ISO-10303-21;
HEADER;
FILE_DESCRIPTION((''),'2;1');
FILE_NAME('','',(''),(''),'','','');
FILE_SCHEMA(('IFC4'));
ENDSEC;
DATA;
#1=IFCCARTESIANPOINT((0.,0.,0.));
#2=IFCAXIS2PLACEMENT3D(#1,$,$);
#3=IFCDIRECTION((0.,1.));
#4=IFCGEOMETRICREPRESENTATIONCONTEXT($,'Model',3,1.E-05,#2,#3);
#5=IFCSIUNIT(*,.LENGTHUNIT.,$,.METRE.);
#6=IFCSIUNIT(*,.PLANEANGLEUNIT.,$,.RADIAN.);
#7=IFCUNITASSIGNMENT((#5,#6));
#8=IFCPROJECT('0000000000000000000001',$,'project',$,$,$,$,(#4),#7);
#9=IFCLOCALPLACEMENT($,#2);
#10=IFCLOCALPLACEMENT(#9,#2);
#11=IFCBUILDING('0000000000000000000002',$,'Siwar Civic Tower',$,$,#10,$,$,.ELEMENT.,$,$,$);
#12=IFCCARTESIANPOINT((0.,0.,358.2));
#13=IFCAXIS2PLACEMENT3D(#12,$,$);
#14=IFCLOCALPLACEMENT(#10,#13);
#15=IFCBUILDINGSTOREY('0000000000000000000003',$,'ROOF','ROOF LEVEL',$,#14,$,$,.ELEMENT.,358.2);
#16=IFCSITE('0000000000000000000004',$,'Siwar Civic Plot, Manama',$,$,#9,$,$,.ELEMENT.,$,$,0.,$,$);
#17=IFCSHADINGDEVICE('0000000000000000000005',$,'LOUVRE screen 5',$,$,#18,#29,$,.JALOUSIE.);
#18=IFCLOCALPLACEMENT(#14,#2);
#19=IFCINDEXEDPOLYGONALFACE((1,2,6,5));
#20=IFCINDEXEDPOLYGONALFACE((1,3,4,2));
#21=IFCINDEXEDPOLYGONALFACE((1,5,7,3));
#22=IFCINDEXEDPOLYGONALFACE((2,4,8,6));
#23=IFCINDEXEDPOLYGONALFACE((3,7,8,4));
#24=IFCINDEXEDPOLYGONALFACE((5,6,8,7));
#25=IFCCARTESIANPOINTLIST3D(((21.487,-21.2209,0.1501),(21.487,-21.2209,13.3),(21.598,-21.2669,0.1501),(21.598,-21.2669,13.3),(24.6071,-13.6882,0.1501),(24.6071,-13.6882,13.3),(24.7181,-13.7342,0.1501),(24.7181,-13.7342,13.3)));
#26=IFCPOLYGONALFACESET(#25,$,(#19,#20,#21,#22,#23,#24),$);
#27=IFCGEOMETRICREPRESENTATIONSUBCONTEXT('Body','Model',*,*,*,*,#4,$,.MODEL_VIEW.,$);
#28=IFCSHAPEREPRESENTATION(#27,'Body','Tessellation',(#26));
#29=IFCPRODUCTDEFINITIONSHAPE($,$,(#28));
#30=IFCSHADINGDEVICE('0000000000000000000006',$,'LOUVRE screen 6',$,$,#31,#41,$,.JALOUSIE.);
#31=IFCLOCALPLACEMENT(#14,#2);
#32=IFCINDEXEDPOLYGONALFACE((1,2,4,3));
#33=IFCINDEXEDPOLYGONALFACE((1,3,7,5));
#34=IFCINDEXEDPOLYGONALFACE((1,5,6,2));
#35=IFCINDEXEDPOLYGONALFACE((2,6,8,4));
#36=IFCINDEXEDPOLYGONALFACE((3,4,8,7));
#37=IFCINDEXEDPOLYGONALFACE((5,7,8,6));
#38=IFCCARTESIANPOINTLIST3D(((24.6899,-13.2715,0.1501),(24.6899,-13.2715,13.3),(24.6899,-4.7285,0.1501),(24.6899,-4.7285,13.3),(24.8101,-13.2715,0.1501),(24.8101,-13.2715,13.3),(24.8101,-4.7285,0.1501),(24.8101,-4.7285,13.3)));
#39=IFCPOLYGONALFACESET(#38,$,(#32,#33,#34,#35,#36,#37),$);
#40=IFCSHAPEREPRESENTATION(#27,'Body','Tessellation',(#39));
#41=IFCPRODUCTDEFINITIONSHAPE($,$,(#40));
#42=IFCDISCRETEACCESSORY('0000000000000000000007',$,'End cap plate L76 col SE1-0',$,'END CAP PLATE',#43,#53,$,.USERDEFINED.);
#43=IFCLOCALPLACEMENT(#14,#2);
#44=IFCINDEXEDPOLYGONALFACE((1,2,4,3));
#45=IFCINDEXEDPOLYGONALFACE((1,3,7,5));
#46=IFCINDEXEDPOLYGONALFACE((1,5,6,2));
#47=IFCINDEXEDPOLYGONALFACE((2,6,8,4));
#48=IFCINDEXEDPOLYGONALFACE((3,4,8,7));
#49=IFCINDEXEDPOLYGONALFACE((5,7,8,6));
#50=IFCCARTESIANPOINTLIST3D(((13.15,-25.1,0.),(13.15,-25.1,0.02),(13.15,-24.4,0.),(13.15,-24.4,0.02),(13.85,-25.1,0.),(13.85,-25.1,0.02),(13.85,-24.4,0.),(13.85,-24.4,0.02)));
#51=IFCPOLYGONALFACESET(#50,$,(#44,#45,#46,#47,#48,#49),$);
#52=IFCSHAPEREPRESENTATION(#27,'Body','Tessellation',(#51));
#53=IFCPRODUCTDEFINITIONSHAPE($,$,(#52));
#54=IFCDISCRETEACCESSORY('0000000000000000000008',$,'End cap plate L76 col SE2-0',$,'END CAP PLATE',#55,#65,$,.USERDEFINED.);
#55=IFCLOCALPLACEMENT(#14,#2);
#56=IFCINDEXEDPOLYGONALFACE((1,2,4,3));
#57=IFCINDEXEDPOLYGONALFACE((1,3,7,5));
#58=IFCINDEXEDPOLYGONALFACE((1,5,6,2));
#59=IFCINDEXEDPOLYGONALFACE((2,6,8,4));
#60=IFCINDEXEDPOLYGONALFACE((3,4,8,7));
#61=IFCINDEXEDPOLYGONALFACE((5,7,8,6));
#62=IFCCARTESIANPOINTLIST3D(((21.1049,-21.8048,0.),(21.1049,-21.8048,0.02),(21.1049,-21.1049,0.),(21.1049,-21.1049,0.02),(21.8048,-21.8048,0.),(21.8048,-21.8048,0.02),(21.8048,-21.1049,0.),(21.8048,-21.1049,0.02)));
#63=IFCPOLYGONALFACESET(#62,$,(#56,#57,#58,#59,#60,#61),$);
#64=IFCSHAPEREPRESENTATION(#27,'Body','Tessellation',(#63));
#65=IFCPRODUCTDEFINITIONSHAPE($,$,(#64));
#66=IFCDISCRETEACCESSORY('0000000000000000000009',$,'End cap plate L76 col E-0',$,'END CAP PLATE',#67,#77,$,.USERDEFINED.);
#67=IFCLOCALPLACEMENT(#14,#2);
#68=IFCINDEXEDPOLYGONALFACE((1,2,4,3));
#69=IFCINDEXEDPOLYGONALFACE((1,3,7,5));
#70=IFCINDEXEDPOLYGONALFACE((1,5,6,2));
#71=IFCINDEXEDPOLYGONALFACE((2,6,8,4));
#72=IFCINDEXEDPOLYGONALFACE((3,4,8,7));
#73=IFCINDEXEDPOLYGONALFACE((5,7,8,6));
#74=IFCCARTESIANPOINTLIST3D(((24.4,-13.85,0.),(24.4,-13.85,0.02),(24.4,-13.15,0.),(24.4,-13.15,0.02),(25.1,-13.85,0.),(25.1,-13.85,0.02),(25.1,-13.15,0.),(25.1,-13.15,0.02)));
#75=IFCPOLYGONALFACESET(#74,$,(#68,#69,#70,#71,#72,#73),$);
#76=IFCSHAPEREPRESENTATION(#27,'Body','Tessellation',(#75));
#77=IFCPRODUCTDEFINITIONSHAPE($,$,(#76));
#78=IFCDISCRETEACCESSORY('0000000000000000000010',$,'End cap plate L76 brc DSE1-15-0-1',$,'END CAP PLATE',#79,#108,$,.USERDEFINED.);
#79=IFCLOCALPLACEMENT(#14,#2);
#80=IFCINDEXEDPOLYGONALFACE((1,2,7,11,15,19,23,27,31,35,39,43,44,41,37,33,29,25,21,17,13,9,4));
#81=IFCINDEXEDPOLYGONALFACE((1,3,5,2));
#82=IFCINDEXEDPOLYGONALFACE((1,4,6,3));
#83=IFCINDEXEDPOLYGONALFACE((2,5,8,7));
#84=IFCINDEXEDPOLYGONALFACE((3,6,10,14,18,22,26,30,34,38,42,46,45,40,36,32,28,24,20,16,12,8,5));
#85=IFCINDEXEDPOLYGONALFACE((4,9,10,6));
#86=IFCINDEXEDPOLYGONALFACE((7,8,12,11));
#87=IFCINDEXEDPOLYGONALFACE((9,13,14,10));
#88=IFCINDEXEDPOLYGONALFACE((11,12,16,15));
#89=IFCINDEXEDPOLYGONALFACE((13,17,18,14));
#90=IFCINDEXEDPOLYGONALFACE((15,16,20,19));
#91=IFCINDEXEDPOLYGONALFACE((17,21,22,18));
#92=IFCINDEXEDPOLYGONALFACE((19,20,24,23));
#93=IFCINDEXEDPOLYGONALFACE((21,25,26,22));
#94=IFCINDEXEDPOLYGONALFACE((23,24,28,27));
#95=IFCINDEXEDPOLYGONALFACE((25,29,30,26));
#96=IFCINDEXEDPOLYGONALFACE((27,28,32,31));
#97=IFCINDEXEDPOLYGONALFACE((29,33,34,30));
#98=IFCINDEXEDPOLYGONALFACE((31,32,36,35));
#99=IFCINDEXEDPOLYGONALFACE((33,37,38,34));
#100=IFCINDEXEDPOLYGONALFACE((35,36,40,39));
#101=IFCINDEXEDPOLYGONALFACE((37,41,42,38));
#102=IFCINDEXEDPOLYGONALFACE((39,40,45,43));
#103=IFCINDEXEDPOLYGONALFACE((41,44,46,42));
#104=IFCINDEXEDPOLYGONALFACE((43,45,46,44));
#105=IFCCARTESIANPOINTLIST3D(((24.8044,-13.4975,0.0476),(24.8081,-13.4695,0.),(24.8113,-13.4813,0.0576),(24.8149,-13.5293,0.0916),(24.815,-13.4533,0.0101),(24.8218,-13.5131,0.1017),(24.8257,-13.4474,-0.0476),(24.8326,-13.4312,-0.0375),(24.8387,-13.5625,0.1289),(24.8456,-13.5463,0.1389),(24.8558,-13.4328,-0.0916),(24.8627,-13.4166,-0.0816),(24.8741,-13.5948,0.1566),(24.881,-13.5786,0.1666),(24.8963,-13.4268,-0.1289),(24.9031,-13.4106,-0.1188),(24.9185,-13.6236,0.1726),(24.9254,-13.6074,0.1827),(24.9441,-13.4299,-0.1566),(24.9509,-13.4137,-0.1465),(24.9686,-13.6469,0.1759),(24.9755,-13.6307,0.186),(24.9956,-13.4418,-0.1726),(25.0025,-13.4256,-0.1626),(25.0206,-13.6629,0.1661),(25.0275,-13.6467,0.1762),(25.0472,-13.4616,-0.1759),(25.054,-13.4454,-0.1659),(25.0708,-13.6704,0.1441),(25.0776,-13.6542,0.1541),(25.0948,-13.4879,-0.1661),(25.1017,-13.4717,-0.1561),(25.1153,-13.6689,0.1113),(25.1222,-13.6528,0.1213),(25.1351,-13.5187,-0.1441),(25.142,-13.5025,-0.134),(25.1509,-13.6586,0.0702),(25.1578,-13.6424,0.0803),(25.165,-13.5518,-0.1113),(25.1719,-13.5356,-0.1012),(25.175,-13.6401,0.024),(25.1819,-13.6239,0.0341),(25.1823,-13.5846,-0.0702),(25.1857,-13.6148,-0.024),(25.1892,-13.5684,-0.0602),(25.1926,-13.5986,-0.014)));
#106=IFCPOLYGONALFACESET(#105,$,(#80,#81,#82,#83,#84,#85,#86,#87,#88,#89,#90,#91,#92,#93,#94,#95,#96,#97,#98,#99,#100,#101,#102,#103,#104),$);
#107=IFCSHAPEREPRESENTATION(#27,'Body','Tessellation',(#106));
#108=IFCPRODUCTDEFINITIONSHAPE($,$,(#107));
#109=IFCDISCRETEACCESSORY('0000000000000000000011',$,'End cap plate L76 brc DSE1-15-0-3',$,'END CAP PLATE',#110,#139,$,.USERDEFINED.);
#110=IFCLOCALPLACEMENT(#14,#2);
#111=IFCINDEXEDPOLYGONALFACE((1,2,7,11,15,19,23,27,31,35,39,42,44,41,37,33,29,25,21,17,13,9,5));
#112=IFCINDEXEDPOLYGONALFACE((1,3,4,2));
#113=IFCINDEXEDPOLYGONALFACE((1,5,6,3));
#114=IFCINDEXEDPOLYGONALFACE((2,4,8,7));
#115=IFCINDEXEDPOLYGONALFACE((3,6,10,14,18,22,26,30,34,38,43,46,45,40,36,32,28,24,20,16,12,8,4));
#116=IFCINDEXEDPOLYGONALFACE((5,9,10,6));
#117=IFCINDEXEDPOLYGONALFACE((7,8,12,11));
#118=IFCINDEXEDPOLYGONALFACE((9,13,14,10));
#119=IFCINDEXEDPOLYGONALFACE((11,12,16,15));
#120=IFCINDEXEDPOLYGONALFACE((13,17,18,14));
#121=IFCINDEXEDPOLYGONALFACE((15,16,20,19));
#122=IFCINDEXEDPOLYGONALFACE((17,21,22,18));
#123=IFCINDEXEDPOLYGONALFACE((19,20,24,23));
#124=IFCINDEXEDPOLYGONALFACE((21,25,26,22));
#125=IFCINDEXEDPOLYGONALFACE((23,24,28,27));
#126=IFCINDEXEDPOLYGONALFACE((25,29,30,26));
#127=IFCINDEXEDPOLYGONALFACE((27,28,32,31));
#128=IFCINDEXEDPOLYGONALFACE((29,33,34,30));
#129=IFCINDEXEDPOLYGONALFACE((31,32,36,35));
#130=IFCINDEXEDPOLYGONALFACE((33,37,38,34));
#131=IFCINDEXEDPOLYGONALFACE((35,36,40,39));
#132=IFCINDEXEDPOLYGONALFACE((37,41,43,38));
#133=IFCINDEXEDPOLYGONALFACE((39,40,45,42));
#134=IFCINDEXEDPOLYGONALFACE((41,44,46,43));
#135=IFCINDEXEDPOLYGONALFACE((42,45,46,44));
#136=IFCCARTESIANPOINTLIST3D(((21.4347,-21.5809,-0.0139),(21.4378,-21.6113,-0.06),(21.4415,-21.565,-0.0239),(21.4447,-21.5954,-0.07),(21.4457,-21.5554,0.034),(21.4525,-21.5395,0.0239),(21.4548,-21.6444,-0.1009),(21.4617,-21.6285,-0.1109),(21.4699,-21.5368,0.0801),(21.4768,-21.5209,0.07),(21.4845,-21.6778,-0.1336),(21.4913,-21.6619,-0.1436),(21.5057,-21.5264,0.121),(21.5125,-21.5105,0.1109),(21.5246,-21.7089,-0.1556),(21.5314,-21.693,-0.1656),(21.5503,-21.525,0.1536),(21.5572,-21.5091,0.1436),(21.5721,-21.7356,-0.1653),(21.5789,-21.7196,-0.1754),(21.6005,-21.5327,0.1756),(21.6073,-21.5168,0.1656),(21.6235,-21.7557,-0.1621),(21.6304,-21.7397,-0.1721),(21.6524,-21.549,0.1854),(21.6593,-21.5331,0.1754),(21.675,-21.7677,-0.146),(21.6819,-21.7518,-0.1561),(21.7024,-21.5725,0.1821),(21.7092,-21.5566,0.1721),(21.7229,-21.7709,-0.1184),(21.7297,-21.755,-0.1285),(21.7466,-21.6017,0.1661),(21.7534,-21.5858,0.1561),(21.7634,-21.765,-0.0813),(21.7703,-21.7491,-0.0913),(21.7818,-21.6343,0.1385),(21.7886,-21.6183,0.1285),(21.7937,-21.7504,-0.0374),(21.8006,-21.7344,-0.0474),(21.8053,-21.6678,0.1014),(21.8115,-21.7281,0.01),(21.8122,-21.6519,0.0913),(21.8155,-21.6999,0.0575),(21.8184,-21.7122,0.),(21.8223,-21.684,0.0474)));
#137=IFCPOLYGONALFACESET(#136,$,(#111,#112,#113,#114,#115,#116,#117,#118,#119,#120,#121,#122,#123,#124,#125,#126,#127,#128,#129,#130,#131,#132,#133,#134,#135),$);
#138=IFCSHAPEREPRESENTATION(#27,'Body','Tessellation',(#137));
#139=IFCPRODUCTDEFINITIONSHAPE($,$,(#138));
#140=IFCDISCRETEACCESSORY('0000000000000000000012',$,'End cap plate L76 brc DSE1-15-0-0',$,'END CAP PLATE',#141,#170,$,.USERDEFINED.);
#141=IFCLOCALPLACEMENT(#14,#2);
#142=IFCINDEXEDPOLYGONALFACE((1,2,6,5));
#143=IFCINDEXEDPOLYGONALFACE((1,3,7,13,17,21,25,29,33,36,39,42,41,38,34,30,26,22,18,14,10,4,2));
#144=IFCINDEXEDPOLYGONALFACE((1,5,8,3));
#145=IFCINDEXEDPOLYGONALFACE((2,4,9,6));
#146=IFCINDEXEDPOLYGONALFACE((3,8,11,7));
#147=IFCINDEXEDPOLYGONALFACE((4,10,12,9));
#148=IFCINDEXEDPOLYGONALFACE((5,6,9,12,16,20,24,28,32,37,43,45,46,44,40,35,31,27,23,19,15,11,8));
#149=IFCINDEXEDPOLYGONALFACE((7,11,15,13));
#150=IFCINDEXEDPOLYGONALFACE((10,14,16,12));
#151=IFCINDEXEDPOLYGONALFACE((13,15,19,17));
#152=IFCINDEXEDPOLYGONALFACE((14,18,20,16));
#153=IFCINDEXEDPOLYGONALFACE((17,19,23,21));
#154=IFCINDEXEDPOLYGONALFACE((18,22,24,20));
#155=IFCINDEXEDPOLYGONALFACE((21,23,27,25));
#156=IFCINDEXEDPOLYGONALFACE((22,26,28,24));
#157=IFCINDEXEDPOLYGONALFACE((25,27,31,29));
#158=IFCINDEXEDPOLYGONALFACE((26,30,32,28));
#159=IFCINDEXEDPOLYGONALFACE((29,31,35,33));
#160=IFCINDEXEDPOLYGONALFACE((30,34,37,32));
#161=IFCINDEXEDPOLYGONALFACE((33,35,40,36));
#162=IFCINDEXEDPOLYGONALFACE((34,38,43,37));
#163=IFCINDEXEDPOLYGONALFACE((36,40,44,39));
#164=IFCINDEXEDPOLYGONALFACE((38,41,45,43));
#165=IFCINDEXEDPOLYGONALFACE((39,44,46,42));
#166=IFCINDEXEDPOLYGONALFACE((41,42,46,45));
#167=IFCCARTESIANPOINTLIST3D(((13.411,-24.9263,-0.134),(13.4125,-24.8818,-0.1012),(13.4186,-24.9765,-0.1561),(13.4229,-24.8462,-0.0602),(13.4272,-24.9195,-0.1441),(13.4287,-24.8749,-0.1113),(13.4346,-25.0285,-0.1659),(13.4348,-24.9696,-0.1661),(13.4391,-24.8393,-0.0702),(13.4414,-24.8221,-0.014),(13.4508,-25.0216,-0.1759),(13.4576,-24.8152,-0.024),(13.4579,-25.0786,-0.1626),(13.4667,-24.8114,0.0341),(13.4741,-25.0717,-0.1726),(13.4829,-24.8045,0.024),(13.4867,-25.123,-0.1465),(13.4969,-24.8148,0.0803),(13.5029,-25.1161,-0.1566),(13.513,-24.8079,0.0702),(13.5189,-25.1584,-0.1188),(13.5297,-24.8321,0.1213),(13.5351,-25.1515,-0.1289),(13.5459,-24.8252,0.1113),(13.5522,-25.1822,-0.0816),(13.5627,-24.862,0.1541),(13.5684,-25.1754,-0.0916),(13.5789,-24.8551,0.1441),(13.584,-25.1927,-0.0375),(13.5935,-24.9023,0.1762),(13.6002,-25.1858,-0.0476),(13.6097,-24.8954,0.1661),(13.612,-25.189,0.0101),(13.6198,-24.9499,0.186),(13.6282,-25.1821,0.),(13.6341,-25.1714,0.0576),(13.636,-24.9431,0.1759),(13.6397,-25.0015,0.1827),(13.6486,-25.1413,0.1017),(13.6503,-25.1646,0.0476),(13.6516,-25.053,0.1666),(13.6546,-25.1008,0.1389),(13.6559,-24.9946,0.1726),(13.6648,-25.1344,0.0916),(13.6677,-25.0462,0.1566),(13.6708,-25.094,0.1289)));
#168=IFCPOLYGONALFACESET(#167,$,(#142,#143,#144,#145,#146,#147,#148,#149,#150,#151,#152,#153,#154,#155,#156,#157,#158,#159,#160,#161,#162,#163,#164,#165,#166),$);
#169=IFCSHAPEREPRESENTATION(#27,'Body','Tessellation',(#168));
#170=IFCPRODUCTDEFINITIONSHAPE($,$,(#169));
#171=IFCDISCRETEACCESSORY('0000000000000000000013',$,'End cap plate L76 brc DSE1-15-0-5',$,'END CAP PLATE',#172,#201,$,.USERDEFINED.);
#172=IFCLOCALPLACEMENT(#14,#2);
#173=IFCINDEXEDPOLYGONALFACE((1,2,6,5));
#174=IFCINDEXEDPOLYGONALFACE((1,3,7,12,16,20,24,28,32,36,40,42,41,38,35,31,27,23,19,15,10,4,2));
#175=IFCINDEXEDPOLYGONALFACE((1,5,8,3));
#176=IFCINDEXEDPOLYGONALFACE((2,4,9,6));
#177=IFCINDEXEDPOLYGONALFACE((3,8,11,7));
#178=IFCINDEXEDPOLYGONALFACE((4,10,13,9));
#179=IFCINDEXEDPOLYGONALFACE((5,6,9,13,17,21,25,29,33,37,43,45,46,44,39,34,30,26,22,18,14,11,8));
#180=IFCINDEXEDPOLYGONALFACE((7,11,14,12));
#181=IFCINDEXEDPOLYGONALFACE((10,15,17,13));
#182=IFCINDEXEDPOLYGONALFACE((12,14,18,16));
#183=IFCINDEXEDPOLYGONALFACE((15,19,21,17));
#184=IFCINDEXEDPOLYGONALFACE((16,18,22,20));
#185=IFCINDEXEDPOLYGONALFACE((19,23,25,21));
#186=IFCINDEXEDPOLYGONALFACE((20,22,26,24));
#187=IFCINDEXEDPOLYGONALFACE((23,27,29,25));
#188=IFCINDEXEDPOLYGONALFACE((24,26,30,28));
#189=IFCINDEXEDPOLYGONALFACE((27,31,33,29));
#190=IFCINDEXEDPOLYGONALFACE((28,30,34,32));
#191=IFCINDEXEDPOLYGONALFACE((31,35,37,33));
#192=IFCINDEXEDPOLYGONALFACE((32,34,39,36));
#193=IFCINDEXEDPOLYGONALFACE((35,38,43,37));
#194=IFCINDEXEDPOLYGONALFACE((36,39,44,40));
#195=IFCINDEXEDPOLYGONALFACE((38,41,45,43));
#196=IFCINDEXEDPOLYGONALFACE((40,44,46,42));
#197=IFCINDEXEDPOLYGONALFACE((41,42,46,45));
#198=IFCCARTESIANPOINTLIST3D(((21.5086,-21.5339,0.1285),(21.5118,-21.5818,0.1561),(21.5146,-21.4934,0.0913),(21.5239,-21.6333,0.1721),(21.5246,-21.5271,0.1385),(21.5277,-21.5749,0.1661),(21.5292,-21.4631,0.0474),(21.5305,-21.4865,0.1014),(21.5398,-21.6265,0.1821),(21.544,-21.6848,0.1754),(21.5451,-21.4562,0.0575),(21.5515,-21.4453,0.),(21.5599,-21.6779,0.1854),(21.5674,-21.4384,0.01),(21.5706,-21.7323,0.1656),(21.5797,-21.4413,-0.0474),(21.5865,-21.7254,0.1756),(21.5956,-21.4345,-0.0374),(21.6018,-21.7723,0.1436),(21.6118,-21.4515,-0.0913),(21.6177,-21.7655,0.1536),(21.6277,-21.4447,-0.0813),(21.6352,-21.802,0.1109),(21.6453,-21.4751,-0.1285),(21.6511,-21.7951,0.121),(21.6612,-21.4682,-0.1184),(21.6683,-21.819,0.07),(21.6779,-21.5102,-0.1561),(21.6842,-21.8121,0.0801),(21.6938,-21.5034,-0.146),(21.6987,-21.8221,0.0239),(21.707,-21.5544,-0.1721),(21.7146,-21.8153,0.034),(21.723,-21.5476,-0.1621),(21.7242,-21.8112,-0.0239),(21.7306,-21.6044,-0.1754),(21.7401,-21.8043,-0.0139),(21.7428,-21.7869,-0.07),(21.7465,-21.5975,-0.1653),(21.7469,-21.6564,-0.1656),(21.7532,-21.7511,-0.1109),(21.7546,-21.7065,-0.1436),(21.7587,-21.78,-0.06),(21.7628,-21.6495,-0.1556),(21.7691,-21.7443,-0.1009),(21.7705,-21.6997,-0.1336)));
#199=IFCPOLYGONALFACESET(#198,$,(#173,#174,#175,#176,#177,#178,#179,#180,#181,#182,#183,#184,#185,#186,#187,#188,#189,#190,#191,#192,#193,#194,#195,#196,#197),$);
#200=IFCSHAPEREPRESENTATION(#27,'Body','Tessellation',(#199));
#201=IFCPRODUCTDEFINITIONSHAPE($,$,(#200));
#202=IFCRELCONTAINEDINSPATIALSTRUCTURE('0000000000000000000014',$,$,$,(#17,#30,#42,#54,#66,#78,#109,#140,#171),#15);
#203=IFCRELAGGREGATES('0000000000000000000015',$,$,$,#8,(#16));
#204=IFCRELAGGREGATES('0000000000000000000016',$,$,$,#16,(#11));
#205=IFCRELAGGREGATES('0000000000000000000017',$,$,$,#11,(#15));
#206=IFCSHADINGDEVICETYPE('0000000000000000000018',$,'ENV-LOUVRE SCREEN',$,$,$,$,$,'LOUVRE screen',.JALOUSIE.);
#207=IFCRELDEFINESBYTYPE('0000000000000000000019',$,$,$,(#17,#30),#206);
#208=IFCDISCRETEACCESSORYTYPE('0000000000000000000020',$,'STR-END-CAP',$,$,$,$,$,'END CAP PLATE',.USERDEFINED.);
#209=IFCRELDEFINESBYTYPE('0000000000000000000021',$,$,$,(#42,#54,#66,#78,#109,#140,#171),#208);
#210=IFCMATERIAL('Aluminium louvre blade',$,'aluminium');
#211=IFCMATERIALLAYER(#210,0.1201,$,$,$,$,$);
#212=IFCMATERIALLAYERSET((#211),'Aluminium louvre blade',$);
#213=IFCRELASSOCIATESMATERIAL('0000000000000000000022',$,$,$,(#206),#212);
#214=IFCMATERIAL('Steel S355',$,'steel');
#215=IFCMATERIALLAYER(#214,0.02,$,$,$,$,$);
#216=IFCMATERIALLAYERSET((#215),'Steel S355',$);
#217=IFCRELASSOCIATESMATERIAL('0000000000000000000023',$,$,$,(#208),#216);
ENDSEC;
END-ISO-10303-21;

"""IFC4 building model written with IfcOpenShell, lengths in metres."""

from ifc_helpers import new_model, si_unit, direction, frame, origin, origin_2d, place, context, subcontext, project, spatial, rectangle, circle, extrude, material, layer, layer_set, type_object, element, save


model = new_model("IFC4")

# Units and contexts
model_context = context("Model", 3, precision=1e-05, world=origin(), true_north=direction((0.0, 1.0)))
body_context = subcontext(model_context, "Body", "Model", "MODEL_VIEW")
ifc_project = project(units=[si_unit("LENGTHUNIT", "METRE"), si_unit("PLANEANGLEUNIT", "RADIAN")], contexts=[model_context])

# Site, building, storey
site_placement = place(None, origin())
site = spatial("IfcSite", under=ifc_project, at=site_placement, Name="Siwar Civic Plot, Manama", CompositionType="ELEMENT", RefElevation=0.0)
building_placement = place(site_placement, origin())
building = spatial("IfcBuilding", under=site, at=building_placement, Name="Siwar Civic Tower", CompositionType="ELEMENT")
storey_placement = place(building_placement, frame((0.0, 0.0, 358.2)))
storey = spatial("IfcBuildingStorey", under=building, at=storey_placement, Name="ROOF", Description="ROOF LEVEL", CompositionType="ELEMENT", Elevation=358.2)

# Shading devices
ifc_material_1 = material(Name="Aluminium louvre blade", Category="aluminium")
ifc_layer_1 = layer(ifc_material_1, 0.1201)
ifc_layer_set_1 = layer_set([ifc_layer_1], Name="Aluminium louvre blade")
shading_device_type = type_object("IfcShadingDeviceType", Name="ENV-LOUVRE SCREEN", ElementType="LOUVRE screen", PredefinedType="JALOUSIE", material=ifc_layer_set_1)
for number, where, z_axis, x_axis, name in (
    (1, (23.1025, -17.4775, 0.1501), (0.0, 0.0, 1.0), (0.382683, 0.92388, 0.0), "LOUVRE screen 5"),
):
    element("IfcShadingDevice", number, at=place(storey_placement, frame(where, z_axis=z_axis, x_axis=x_axis)), inside=storey, type_object=shading_device_type, Name=name, PredefinedType="JALOUSIE", context=body_context, shape_type="SweptSolid", body=[
        extrude(rectangle(XDim=8.1533, YDim=0.1201, at=origin_2d()), origin(), (0.0, 0.0, 1.0), 13.1499),
    ])
shading_device_placement = place(storey_placement, frame((24.75, -9.0, 0.1501), z_axis=(0.0, 0.0, 1.0), x_axis=(0.0, 1.0, 0.0)))
element("IfcShadingDevice", 2, at=shading_device_placement, inside=storey, type_object=shading_device_type, Name="LOUVRE screen 6", PredefinedType="JALOUSIE", context=body_context, shape_type="SweptSolid", body=[
    extrude(rectangle(XDim=8.543, YDim=0.1201, at=origin_2d()), origin(), (0.0, 0.0, 1.0), 13.1499),
])

# Discrete accessories
ifc_material_2 = material(Name="Steel S355", Category="steel")
ifc_layer_2 = layer(ifc_material_2, 0.02)
ifc_layer_set_2 = layer_set([ifc_layer_2], Name="Steel S355")
discrete_accessory_type = type_object("IfcDiscreteAccessoryType", Name="STR-END-CAP", ElementType="END CAP PLATE", PredefinedType="USERDEFINED", material=ifc_layer_set_2)
for number, where, z_axis, x_axis, name in (
    (3, (13.5, -24.75, 0.0), (0.0, 0.0, 1.0), (1.0, 0.0, 0.0), "End cap plate L76 col SE1-0"),
    (4, (21.4548, -21.4548, 0.0), (0.0, 0.0, 1.0), (1.0, 0.0, 0.0), "End cap plate L76 col SE2-0"),
    (5, (24.75, -13.5, 0.0), (0.0, 0.0, 1.0), (1.0, 0.0, 0.0), "End cap plate L76 col E-0"),
):
    element("IfcDiscreteAccessory", number, at=place(storey_placement, frame(where, z_axis=z_axis, x_axis=x_axis)), inside=storey, type_object=discrete_accessory_type, Name=name, ObjectType="END CAP PLATE", PredefinedType="USERDEFINED", context=body_context, shape_type="SweptSolid", body=[
        extrude(rectangle(XDim=0.7, YDim=0.7, at=origin_2d()), origin(), (0.0, 0.0, 1.0), 0.02),
    ])
discrete_accessory_1_placement = place(storey_placement, frame((24.9951, -13.5488, 0.0), z_axis=(0.339027, 0.799135, 0.496432), x_axis=(-0.920582, 0.39055, 0.0)))
element("IfcDiscreteAccessory", 6, at=discrete_accessory_1_placement, inside=storey, type_object=discrete_accessory_type, Name="End cap plate L76 brc DSE1-15-0-1", ObjectType="END CAP PLATE", PredefinedType="USERDEFINED", context=body_context, shape_type="SweptSolid", body=[
    extrude(circle(Radius=0.2031, at=origin_2d()), origin(), (0.0, 0.0, 1.0), 0.0203),
])
discrete_accessory_2_placement = place(storey_placement, frame((21.6318, -21.6318, 0.0), z_axis=(-0.34233, -0.794695, 0.501269), x_axis=(0.918413, -0.395624, 0.0)))
element("IfcDiscreteAccessory", 7, at=discrete_accessory_2_placement, inside=storey, type_object=discrete_accessory_type, Name="End cap plate L76 brc DSE1-15-0-3", ObjectType="END CAP PLATE", PredefinedType="USERDEFINED", context=body_context, shape_type="SweptSolid", body=[
    extrude(circle(Radius=0.2031, at=origin_2d()), origin(), (0.0, 0.0, 1.0), 0.02),
])
discrete_accessory_3_placement = place(storey_placement, frame((13.5488, -24.9951, 0.0), z_axis=(-0.799135, -0.339027, 0.496432), x_axis=(0.39055, -0.920582, 0.0)))
element("IfcDiscreteAccessory", 8, at=discrete_accessory_3_placement, inside=storey, type_object=discrete_accessory_type, Name="End cap plate L76 brc DSE1-15-0-0", ObjectType="END CAP PLATE", PredefinedType="USERDEFINED", context=body_context, shape_type="SweptSolid", body=[
    extrude(circle(Radius=0.2031, at=origin_2d()), origin(), (0.0, 0.0, 1.0), 0.0203),
])
discrete_accessory_4_placement = place(storey_placement, frame((21.6318, -21.6318, 0.0), z_axis=(0.794695, 0.34233, 0.501269), x_axis=(-0.395624, 0.918413, 0.0)))
element("IfcDiscreteAccessory", 9, at=discrete_accessory_4_placement, inside=storey, type_object=discrete_accessory_type, Name="End cap plate L76 brc DSE1-15-0-5", ObjectType="END CAP PLATE", PredefinedType="USERDEFINED", context=body_context, shape_type="SweptSolid", body=[
    extrude(circle(Radius=0.2031, at=origin_2d()), origin(), (0.0, 0.0, 1.0), 0.02),
])

save(model, "model.ifc")
